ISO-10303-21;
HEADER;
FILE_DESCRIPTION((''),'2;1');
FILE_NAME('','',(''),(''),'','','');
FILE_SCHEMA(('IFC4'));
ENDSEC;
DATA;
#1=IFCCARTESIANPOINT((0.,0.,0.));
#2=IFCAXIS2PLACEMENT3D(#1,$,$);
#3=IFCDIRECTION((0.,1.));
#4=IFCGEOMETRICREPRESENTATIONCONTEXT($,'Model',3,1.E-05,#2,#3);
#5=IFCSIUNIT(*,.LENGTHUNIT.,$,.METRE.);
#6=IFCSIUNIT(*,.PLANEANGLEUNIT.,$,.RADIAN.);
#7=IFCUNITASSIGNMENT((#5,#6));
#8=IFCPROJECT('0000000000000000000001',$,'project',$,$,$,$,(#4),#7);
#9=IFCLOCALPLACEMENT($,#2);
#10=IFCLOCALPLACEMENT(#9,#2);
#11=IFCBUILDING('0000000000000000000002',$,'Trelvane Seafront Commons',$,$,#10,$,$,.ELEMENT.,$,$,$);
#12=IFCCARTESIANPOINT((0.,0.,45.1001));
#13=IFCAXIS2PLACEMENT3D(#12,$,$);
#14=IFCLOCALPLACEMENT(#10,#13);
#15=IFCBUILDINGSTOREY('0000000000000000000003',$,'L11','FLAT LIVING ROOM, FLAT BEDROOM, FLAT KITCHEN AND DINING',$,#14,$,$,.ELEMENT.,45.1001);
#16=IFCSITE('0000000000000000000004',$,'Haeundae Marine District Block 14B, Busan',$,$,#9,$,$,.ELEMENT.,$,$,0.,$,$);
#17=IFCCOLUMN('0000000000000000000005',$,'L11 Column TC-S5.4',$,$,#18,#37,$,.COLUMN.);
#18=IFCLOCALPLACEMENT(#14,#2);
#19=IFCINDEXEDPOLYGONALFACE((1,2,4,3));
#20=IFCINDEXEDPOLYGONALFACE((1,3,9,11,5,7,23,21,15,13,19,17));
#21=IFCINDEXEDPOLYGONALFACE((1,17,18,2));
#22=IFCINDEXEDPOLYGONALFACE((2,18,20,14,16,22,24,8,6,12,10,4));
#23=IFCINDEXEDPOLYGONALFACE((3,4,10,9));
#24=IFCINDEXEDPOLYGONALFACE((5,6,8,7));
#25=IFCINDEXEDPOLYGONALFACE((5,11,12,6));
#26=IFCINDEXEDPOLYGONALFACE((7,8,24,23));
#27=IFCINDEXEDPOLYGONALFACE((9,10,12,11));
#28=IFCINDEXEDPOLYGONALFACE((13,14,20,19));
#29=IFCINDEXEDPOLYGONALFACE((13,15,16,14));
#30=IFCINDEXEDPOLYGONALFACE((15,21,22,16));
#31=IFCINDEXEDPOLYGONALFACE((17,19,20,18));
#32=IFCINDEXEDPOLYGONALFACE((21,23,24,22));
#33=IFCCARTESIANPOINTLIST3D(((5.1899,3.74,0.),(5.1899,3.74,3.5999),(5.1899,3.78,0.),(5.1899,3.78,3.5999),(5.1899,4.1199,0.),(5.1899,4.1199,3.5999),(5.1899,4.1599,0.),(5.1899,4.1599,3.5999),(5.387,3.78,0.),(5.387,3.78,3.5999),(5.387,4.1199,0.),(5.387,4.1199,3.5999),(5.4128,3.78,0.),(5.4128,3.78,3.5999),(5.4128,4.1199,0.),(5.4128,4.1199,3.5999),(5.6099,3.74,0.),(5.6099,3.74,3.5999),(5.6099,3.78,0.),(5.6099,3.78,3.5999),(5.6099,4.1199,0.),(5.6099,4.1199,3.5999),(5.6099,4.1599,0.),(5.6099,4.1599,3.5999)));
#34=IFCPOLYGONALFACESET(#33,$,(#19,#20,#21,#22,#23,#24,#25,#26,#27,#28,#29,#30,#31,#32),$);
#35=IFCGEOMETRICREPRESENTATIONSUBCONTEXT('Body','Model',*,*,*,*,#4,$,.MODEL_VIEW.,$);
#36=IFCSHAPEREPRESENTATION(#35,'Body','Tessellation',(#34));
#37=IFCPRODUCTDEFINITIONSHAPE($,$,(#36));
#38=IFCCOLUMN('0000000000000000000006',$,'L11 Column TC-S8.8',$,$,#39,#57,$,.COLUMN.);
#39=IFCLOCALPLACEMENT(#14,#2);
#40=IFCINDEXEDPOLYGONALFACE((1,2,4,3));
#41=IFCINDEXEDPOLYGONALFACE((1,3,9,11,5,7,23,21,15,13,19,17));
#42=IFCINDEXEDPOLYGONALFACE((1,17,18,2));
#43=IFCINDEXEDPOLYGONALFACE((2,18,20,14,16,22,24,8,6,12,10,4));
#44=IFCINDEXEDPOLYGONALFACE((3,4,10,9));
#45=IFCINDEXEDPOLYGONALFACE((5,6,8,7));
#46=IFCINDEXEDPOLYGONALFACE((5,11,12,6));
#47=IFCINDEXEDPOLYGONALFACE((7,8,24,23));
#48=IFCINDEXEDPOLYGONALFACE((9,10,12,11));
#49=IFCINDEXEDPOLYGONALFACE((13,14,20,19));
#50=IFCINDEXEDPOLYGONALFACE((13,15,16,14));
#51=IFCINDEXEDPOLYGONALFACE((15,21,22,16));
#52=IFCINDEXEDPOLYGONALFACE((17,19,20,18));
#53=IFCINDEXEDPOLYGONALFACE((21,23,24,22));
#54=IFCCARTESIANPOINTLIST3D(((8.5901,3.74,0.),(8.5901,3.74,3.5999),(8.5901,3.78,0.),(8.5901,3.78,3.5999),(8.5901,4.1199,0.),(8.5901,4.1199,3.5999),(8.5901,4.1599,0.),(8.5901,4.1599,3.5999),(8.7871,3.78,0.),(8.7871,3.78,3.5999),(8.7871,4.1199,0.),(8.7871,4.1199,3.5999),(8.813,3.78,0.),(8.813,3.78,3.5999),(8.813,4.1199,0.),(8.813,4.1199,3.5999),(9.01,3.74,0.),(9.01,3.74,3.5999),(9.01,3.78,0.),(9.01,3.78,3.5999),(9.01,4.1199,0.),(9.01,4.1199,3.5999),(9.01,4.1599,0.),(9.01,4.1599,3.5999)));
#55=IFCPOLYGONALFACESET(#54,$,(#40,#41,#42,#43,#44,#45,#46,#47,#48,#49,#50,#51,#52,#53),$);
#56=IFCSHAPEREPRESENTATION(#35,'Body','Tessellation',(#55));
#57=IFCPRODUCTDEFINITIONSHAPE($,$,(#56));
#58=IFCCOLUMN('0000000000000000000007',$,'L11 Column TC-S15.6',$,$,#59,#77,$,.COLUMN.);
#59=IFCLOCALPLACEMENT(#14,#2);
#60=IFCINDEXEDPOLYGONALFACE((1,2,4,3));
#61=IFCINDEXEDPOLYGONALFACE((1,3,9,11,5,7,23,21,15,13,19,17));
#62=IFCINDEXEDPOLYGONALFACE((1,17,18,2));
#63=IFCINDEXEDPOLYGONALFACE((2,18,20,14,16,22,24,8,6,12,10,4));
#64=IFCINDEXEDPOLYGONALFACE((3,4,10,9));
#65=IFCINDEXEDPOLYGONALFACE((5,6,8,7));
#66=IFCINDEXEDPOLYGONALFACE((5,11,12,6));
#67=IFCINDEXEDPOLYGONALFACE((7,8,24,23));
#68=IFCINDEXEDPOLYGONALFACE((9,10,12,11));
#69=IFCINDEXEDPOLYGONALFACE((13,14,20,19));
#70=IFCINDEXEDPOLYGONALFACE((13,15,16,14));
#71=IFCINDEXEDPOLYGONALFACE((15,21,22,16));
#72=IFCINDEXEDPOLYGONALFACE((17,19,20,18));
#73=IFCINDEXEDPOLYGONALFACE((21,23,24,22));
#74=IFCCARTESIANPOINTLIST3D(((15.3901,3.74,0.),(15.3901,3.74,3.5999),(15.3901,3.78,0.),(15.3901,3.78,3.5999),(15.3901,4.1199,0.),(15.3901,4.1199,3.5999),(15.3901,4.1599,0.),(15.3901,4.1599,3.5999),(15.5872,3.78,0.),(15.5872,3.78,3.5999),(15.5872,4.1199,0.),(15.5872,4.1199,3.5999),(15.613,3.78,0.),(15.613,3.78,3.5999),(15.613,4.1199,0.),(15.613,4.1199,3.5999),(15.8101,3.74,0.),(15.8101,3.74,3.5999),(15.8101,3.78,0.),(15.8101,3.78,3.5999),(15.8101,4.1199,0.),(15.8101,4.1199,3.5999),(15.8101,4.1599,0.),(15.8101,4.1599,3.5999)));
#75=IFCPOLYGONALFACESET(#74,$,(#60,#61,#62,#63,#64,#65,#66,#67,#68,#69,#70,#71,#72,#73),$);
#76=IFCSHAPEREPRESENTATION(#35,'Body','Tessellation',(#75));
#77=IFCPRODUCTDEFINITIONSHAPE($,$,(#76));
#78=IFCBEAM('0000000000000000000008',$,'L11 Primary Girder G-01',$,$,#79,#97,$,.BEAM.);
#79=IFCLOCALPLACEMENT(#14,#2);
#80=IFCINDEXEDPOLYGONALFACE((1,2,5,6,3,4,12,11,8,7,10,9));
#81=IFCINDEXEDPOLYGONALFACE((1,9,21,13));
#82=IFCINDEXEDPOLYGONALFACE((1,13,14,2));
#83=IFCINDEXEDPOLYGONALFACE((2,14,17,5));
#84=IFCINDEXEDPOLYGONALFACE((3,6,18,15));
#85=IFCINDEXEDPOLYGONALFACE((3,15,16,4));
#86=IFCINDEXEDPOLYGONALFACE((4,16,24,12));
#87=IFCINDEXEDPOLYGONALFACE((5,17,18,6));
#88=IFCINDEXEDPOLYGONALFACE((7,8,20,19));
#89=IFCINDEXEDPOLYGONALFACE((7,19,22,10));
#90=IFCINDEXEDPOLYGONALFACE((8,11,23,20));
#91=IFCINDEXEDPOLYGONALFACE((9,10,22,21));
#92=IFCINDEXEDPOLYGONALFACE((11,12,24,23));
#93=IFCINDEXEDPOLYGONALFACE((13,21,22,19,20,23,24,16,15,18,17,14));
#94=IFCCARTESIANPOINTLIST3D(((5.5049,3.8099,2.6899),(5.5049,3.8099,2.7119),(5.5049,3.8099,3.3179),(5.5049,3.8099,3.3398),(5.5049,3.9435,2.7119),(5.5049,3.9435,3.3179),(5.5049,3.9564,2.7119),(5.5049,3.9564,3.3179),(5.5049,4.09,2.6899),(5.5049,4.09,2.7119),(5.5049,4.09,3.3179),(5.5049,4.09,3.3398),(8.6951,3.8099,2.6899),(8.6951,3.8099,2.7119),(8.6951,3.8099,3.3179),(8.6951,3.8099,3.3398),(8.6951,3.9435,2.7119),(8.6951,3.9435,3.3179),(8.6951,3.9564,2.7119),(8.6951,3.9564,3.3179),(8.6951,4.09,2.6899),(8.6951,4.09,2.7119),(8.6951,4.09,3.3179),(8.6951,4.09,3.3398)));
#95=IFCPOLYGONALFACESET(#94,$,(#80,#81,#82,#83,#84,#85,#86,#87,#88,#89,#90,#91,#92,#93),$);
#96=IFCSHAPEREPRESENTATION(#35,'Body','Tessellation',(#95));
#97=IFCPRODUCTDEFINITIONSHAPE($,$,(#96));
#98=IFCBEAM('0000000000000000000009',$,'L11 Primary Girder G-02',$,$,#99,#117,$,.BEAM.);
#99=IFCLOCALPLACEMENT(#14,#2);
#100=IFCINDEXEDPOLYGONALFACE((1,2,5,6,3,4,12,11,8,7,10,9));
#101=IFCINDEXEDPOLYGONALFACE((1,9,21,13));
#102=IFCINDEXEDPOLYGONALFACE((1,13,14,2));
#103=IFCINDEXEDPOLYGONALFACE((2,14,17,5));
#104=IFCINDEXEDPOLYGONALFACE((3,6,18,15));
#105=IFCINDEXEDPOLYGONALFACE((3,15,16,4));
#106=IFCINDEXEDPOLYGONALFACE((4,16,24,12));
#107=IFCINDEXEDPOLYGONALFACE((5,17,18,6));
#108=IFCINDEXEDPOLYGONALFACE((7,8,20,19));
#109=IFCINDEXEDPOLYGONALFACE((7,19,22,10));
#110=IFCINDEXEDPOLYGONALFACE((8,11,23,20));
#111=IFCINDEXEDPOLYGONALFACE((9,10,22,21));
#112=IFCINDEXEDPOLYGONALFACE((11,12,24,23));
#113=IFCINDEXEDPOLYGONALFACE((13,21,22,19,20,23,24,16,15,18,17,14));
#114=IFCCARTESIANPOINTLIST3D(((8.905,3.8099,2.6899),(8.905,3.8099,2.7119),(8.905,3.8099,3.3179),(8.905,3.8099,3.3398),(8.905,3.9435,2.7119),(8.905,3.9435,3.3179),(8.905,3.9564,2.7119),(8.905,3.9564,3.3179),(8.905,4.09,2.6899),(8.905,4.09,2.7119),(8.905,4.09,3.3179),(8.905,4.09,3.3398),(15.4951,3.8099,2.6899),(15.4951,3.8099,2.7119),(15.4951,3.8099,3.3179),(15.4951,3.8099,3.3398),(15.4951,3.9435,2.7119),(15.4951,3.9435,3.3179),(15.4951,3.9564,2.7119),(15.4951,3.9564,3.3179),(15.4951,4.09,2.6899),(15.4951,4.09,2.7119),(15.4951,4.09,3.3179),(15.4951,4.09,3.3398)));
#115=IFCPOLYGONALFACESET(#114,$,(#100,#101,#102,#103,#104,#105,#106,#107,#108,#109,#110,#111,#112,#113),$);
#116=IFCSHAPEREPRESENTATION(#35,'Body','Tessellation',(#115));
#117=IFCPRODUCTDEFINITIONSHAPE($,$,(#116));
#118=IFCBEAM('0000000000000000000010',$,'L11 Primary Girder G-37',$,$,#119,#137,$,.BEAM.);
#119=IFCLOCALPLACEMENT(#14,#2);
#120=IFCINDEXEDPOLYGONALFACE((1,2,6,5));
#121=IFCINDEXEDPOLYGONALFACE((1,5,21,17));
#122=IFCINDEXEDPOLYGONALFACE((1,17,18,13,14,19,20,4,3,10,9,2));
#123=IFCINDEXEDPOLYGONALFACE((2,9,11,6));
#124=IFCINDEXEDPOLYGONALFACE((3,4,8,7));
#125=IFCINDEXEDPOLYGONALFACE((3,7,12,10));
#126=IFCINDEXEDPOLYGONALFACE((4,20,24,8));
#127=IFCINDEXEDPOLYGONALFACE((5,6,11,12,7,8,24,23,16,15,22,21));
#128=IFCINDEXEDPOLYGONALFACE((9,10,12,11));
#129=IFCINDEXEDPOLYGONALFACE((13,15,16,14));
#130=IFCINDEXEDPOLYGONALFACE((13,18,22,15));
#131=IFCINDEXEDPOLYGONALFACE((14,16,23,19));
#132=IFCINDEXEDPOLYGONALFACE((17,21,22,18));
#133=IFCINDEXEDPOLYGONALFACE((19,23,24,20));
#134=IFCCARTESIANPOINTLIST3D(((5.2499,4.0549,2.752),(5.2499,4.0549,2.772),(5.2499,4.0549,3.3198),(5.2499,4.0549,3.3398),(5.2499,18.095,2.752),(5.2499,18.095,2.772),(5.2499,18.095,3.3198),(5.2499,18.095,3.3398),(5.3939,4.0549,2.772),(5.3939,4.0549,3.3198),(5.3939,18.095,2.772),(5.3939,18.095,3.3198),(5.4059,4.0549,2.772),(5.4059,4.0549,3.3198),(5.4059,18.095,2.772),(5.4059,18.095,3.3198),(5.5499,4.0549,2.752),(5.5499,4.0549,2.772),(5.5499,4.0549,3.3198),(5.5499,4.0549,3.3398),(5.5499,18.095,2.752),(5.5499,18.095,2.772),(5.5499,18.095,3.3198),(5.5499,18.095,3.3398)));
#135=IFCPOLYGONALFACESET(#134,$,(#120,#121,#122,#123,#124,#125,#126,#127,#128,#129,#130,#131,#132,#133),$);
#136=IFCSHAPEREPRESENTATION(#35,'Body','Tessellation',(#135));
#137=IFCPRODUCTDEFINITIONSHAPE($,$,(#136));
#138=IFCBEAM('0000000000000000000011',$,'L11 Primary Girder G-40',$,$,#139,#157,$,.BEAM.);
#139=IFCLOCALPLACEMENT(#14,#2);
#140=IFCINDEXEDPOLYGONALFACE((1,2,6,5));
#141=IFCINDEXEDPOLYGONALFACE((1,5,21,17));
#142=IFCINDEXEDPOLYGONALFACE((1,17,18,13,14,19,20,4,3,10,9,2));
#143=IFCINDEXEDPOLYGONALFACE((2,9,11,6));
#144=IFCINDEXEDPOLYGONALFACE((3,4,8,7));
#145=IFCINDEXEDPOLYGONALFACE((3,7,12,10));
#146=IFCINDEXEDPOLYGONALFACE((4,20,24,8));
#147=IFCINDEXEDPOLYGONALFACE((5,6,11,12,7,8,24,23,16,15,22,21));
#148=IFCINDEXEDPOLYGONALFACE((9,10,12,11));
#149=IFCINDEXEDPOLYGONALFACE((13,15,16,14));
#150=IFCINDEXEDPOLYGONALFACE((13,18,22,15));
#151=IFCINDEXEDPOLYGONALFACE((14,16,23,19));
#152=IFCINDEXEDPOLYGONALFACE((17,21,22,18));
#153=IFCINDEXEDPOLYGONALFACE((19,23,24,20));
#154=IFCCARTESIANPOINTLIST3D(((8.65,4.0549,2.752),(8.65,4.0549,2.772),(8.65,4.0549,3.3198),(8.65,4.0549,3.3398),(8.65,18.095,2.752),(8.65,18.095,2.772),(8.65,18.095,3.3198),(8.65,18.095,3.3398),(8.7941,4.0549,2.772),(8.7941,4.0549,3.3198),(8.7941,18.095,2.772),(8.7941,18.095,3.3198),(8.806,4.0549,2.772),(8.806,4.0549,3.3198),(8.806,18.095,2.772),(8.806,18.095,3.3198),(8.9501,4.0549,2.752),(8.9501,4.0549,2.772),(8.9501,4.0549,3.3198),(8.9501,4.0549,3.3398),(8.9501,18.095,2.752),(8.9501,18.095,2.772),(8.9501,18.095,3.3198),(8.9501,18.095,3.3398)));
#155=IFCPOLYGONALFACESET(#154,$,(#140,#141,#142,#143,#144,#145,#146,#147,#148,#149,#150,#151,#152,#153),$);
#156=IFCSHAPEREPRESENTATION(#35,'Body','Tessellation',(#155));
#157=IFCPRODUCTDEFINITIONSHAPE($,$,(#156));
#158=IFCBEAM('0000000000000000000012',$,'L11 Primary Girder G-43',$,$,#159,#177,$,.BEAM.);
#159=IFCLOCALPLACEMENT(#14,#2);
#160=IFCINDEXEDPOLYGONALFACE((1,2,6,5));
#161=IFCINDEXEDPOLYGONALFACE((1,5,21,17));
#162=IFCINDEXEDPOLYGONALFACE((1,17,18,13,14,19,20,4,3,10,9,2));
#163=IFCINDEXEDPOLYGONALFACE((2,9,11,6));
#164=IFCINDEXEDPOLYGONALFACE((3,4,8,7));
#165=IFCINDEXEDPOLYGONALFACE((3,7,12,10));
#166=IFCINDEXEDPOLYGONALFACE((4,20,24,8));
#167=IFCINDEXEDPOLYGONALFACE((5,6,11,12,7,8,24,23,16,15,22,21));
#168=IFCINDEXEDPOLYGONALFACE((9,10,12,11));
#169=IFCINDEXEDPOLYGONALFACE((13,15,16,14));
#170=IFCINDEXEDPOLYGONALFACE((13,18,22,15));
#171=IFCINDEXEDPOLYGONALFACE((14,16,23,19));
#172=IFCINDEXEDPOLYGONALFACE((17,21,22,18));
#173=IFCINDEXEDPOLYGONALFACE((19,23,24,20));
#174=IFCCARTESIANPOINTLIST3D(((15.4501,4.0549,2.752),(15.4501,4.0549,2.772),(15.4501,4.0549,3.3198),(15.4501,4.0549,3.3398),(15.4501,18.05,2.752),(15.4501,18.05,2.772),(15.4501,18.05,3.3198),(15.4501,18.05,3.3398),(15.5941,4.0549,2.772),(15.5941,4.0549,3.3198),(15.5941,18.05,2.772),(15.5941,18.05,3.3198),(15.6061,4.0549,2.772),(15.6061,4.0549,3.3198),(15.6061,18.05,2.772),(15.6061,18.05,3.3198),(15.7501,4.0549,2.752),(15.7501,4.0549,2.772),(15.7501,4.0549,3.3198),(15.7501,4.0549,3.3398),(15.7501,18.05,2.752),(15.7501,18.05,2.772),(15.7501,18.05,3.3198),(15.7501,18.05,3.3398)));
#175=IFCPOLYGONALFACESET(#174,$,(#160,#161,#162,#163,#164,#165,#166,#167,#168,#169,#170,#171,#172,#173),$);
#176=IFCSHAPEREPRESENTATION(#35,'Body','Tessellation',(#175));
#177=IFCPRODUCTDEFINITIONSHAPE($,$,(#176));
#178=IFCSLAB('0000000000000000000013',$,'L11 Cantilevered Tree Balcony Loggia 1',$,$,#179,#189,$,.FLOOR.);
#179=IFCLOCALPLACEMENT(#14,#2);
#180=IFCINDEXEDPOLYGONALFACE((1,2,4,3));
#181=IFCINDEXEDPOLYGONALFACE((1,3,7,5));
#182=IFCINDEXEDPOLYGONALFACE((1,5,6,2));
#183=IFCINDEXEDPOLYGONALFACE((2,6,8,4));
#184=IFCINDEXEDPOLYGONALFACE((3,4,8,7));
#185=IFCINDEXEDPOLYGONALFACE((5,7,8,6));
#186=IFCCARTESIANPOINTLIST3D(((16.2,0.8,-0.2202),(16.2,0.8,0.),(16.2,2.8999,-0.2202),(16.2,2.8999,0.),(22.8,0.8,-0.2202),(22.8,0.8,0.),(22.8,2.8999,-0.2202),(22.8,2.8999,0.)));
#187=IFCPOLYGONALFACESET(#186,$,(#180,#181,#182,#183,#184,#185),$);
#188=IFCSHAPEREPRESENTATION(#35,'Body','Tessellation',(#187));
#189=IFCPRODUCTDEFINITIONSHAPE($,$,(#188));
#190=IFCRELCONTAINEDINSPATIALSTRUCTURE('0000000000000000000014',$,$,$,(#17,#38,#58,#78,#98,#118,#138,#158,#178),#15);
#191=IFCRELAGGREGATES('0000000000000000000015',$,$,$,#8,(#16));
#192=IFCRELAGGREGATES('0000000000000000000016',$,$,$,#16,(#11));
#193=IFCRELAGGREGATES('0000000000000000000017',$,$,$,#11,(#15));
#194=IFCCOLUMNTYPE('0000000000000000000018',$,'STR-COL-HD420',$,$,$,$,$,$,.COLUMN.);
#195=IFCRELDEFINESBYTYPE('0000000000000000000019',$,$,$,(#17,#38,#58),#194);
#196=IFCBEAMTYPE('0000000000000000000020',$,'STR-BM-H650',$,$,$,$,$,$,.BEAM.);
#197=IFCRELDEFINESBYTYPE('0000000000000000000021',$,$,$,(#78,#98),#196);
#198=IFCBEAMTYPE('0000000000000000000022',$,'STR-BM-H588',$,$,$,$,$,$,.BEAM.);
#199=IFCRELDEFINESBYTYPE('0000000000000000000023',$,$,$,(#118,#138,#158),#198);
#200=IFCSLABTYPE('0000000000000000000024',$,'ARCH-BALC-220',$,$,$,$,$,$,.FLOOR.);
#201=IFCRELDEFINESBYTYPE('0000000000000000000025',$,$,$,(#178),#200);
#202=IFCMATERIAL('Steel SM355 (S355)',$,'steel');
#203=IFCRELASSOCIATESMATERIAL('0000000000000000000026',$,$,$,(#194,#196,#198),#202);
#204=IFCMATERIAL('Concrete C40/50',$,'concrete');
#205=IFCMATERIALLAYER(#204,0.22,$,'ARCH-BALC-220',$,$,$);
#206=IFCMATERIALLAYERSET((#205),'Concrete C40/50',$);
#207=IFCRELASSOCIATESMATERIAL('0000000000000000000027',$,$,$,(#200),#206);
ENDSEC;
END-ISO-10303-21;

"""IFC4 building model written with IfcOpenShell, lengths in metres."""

from ifc_helpers import new_model, si_unit, direction, frame, origin, origin_2d, place, context, subcontext, project, spatial, polyline, i_section, outline, extrude, source, transform, mapped, material, layer, layer_set, material_profile, profile_set, type_object, element, save


model = new_model("IFC4")

# Units and contexts
model_context = context("Model", 3, precision=1e-05, world=origin(), true_north=direction((0.0, 1.0)))
body_context = subcontext(model_context, "Body", "Model", "MODEL_VIEW")
ifc_project = project(units=[si_unit("LENGTHUNIT", "METRE"), si_unit("PLANEANGLEUNIT", "RADIAN")], contexts=[model_context])

# Site, building, storey
site_placement = place(None, origin())
site = spatial("IfcSite", under=ifc_project, at=site_placement, Name="Haeundae Marine District Block 14B, Busan", CompositionType="ELEMENT", RefElevation=0.0)
building_placement = place(site_placement, origin())
building = spatial("IfcBuilding", under=site, at=building_placement, Name="Trelvane Seafront Commons", CompositionType="ELEMENT")
storey_placement = place(building_placement, frame((0.0, 0.0, 45.1001)))
storey = spatial("IfcBuildingStorey", under=building, at=storey_placement, Name="L11", Description="FLAT LIVING ROOM, FLAT BEDROOM, FLAT KITCHEN AND DINING", CompositionType="ELEMENT", Elevation=45.1001)

# Columns
ifc_material_1 = material(Name="Steel SM355 (S355)", Category="steel")
ifc_material_profile_1 = material_profile(ifc_material_1, i_section(OverallWidth=0.4199, OverallDepth=0.4199, WebThickness=0.0259, FlangeThickness=0.04, at=origin_2d()), Name="HD-420x420x26x40")
ifc_profile_set_1 = profile_set([ifc_material_profile_1], Name="Steel SM355 (S355)")
column_type = type_object("IfcColumnType", Name="STR-COL-HD420", PredefinedType="COLUMN", material=ifc_profile_set_1)
shared_shape_1 = source(origin(), body_context, "Body", "SweptSolid", [
    extrude(i_section(OverallWidth=0.4199, OverallDepth=0.4199, WebThickness=0.0259, FlangeThickness=0.04, at=origin_2d()), origin(), (0.0, 0.0, 1.0), 3.5999),
])
for number, where, z_axis, x_axis, name in (
    (1, (5.3999, 3.95, 0.0), (0.0, 0.0, 1.0), (1.0, 0.0, 0.0), "L11 Column TC-S5.4"),
    (2, (8.8, 3.95, 0.0), (0.0, 0.0, 1.0), (1.0, 0.0, 0.0), "L11 Column TC-S8.8"),
    (3, (15.6001, 3.95, 0.0), (0.0, 0.0, 1.0), (1.0, 0.0, 0.0), "L11 Column TC-S15.6"),
):
    element("IfcColumn", number, at=place(storey_placement, frame(where, z_axis=z_axis, x_axis=x_axis)), inside=storey, type_object=column_type, Name=name, PredefinedType="COLUMN", context=body_context, shape_type="MappedRepresentation", body=[
        mapped(shared_shape_1, transform((0.0, 0.0, 0.0), x_axis=(1.0, 0.0, 0.0), y_axis=(0.0, 1.0, 0.0), z_axis=(0.0, 0.0, 1.0), scale=1.0)),
    ])

# Beams
ifc_material_profile_2 = material_profile(ifc_material_1, i_section(OverallWidth=0.28, OverallDepth=0.6499, WebThickness=0.0129, FlangeThickness=0.022, at=origin_2d()), Name="H-650x280x13x22")
ifc_profile_set_2 = profile_set([ifc_material_profile_2], Name="Steel SM355 (S355)")
beam_type_1 = type_object("IfcBeamType", Name="STR-BM-H650", PredefinedType="BEAM", material=ifc_profile_set_2)
shared_shape_2 = source(origin(), body_context, "Body", "SweptSolid", [
    extrude(i_section(OverallWidth=0.28, OverallDepth=0.6499, WebThickness=0.0129, FlangeThickness=0.022, at=origin_2d()), origin(), (0.0, 0.0, 1.0), 3.1902),
])
beam_1_placement = place(storey_placement, frame((5.5049, 3.95, 3.0149), z_axis=(1.0, 0.0, 0.0), x_axis=(0.0, 1.0, 0.0)))
element("IfcBeam", 4, at=beam_1_placement, inside=storey, type_object=beam_type_1, Name="L11 Primary Girder G-01", PredefinedType="BEAM", context=body_context, shape_type="MappedRepresentation", body=[
    mapped(shared_shape_2, transform((0.0, 0.0, 0.0), x_axis=(1.0, 0.0, 0.0), y_axis=(0.0, 1.0, 0.0), z_axis=(0.0, 0.0, 1.0), scale=1.0)),
])
shared_shape_3 = source(origin(), body_context, "Body", "SweptSolid", [
    extrude(i_section(OverallWidth=0.28, OverallDepth=0.6499, WebThickness=0.0129, FlangeThickness=0.022, at=origin_2d()), origin(), (0.0, 0.0, 1.0), 6.5901),
])
beam_2_placement = place(storey_placement, frame((8.905, 3.95, 3.0149), z_axis=(1.0, 0.0, 0.0), x_axis=(0.0, 1.0, 0.0)))
element("IfcBeam", 5, at=beam_2_placement, inside=storey, type_object=beam_type_1, Name="L11 Primary Girder G-02", PredefinedType="BEAM", context=body_context, shape_type="MappedRepresentation", body=[
    mapped(shared_shape_3, transform((0.0, 0.0, 0.0), x_axis=(1.0, 0.0, 0.0), y_axis=(0.0, 1.0, 0.0), z_axis=(0.0, 0.0, 1.0), scale=1.0)),
])
ifc_material_profile_3 = material_profile(ifc_material_1, i_section(OverallWidth=0.3, OverallDepth=0.5879, WebThickness=0.012, FlangeThickness=0.02, at=origin_2d()), Name="H-588x300x12x20")
ifc_profile_set_3 = profile_set([ifc_material_profile_3], Name="Steel SM355 (S355)")
beam_type_2 = type_object("IfcBeamType", Name="STR-BM-H588", PredefinedType="BEAM", material=ifc_profile_set_3)
shared_shape_4 = source(origin(), body_context, "Body", "SweptSolid", [
    extrude(i_section(OverallWidth=0.3, OverallDepth=0.5879, WebThickness=0.012, FlangeThickness=0.02, at=origin_2d()), origin(), (0.0, 0.0, 1.0), 14.04),
])
for number, where, z_axis, x_axis, name in (
    (6, (5.3999, 4.0549, 3.0459), (0.0, 1.0, 0.0), (-1.0, 0.0, 0.0), "L11 Primary Girder G-37"),
    (7, (8.8, 4.0549, 3.0459), (0.0, 1.0, 0.0), (-1.0, 0.0, 0.0), "L11 Primary Girder G-40"),
):
    element("IfcBeam", number, at=place(storey_placement, frame(where, z_axis=z_axis, x_axis=x_axis)), inside=storey, type_object=beam_type_2, Name=name, PredefinedType="BEAM", context=body_context, shape_type="MappedRepresentation", body=[
        mapped(shared_shape_4, transform((0.0, 0.0, 0.0), x_axis=(1.0, 0.0, 0.0), y_axis=(0.0, 1.0, 0.0), z_axis=(0.0, 0.0, 1.0), scale=1.0)),
    ])
shared_shape_5 = source(origin(), body_context, "Body", "SweptSolid", [
    extrude(i_section(OverallWidth=0.3, OverallDepth=0.5879, WebThickness=0.012, FlangeThickness=0.02, at=origin_2d()), origin(), (0.0, 0.0, 1.0), 13.9951),
])
beam_3_placement = place(storey_placement, frame((15.6001, 4.0549, 3.0459), z_axis=(0.0, 1.0, 0.0), x_axis=(-1.0, 0.0, 0.0)))
element("IfcBeam", 8, at=beam_3_placement, inside=storey, type_object=beam_type_2, Name="L11 Primary Girder G-43", PredefinedType="BEAM", context=body_context, shape_type="MappedRepresentation", body=[
    mapped(shared_shape_5, transform((0.0, 0.0, 0.0), x_axis=(1.0, 0.0, 0.0), y_axis=(0.0, 1.0, 0.0), z_axis=(0.0, 0.0, 1.0), scale=1.0)),
])

# Slab
ifc_material_2 = material(Name="Concrete C40/50", Category="concrete")
ifc_layer_1 = layer(ifc_material_2, 0.22, Name="ARCH-BALC-220")
ifc_layer_set_1 = layer_set([ifc_layer_1], Name="Concrete C40/50")
slab_type_1 = type_object("IfcSlabType", Name="ARCH-BALC-220", PredefinedType="FLOOR", material=ifc_layer_set_1)
slab_1_placement = place(storey_placement, frame((0.0, 0.0, -0.2202)))
element("IfcSlab", 9, at=slab_1_placement, inside=storey, type_object=slab_type_1, Name="L11 Cantilevered Tree Balcony Loggia 1", PredefinedType="FLOOR", context=body_context, shape_type="SweptSolid", body=[
    extrude(outline(polyline([(16.2, 0.8), (22.8, 0.8), (22.8, 2.8999), (16.2, 2.8999), (16.2, 0.8)])), origin(), (0.0, 0.0, 1.0), 0.2202),
])

save(model, "model.ifc")
